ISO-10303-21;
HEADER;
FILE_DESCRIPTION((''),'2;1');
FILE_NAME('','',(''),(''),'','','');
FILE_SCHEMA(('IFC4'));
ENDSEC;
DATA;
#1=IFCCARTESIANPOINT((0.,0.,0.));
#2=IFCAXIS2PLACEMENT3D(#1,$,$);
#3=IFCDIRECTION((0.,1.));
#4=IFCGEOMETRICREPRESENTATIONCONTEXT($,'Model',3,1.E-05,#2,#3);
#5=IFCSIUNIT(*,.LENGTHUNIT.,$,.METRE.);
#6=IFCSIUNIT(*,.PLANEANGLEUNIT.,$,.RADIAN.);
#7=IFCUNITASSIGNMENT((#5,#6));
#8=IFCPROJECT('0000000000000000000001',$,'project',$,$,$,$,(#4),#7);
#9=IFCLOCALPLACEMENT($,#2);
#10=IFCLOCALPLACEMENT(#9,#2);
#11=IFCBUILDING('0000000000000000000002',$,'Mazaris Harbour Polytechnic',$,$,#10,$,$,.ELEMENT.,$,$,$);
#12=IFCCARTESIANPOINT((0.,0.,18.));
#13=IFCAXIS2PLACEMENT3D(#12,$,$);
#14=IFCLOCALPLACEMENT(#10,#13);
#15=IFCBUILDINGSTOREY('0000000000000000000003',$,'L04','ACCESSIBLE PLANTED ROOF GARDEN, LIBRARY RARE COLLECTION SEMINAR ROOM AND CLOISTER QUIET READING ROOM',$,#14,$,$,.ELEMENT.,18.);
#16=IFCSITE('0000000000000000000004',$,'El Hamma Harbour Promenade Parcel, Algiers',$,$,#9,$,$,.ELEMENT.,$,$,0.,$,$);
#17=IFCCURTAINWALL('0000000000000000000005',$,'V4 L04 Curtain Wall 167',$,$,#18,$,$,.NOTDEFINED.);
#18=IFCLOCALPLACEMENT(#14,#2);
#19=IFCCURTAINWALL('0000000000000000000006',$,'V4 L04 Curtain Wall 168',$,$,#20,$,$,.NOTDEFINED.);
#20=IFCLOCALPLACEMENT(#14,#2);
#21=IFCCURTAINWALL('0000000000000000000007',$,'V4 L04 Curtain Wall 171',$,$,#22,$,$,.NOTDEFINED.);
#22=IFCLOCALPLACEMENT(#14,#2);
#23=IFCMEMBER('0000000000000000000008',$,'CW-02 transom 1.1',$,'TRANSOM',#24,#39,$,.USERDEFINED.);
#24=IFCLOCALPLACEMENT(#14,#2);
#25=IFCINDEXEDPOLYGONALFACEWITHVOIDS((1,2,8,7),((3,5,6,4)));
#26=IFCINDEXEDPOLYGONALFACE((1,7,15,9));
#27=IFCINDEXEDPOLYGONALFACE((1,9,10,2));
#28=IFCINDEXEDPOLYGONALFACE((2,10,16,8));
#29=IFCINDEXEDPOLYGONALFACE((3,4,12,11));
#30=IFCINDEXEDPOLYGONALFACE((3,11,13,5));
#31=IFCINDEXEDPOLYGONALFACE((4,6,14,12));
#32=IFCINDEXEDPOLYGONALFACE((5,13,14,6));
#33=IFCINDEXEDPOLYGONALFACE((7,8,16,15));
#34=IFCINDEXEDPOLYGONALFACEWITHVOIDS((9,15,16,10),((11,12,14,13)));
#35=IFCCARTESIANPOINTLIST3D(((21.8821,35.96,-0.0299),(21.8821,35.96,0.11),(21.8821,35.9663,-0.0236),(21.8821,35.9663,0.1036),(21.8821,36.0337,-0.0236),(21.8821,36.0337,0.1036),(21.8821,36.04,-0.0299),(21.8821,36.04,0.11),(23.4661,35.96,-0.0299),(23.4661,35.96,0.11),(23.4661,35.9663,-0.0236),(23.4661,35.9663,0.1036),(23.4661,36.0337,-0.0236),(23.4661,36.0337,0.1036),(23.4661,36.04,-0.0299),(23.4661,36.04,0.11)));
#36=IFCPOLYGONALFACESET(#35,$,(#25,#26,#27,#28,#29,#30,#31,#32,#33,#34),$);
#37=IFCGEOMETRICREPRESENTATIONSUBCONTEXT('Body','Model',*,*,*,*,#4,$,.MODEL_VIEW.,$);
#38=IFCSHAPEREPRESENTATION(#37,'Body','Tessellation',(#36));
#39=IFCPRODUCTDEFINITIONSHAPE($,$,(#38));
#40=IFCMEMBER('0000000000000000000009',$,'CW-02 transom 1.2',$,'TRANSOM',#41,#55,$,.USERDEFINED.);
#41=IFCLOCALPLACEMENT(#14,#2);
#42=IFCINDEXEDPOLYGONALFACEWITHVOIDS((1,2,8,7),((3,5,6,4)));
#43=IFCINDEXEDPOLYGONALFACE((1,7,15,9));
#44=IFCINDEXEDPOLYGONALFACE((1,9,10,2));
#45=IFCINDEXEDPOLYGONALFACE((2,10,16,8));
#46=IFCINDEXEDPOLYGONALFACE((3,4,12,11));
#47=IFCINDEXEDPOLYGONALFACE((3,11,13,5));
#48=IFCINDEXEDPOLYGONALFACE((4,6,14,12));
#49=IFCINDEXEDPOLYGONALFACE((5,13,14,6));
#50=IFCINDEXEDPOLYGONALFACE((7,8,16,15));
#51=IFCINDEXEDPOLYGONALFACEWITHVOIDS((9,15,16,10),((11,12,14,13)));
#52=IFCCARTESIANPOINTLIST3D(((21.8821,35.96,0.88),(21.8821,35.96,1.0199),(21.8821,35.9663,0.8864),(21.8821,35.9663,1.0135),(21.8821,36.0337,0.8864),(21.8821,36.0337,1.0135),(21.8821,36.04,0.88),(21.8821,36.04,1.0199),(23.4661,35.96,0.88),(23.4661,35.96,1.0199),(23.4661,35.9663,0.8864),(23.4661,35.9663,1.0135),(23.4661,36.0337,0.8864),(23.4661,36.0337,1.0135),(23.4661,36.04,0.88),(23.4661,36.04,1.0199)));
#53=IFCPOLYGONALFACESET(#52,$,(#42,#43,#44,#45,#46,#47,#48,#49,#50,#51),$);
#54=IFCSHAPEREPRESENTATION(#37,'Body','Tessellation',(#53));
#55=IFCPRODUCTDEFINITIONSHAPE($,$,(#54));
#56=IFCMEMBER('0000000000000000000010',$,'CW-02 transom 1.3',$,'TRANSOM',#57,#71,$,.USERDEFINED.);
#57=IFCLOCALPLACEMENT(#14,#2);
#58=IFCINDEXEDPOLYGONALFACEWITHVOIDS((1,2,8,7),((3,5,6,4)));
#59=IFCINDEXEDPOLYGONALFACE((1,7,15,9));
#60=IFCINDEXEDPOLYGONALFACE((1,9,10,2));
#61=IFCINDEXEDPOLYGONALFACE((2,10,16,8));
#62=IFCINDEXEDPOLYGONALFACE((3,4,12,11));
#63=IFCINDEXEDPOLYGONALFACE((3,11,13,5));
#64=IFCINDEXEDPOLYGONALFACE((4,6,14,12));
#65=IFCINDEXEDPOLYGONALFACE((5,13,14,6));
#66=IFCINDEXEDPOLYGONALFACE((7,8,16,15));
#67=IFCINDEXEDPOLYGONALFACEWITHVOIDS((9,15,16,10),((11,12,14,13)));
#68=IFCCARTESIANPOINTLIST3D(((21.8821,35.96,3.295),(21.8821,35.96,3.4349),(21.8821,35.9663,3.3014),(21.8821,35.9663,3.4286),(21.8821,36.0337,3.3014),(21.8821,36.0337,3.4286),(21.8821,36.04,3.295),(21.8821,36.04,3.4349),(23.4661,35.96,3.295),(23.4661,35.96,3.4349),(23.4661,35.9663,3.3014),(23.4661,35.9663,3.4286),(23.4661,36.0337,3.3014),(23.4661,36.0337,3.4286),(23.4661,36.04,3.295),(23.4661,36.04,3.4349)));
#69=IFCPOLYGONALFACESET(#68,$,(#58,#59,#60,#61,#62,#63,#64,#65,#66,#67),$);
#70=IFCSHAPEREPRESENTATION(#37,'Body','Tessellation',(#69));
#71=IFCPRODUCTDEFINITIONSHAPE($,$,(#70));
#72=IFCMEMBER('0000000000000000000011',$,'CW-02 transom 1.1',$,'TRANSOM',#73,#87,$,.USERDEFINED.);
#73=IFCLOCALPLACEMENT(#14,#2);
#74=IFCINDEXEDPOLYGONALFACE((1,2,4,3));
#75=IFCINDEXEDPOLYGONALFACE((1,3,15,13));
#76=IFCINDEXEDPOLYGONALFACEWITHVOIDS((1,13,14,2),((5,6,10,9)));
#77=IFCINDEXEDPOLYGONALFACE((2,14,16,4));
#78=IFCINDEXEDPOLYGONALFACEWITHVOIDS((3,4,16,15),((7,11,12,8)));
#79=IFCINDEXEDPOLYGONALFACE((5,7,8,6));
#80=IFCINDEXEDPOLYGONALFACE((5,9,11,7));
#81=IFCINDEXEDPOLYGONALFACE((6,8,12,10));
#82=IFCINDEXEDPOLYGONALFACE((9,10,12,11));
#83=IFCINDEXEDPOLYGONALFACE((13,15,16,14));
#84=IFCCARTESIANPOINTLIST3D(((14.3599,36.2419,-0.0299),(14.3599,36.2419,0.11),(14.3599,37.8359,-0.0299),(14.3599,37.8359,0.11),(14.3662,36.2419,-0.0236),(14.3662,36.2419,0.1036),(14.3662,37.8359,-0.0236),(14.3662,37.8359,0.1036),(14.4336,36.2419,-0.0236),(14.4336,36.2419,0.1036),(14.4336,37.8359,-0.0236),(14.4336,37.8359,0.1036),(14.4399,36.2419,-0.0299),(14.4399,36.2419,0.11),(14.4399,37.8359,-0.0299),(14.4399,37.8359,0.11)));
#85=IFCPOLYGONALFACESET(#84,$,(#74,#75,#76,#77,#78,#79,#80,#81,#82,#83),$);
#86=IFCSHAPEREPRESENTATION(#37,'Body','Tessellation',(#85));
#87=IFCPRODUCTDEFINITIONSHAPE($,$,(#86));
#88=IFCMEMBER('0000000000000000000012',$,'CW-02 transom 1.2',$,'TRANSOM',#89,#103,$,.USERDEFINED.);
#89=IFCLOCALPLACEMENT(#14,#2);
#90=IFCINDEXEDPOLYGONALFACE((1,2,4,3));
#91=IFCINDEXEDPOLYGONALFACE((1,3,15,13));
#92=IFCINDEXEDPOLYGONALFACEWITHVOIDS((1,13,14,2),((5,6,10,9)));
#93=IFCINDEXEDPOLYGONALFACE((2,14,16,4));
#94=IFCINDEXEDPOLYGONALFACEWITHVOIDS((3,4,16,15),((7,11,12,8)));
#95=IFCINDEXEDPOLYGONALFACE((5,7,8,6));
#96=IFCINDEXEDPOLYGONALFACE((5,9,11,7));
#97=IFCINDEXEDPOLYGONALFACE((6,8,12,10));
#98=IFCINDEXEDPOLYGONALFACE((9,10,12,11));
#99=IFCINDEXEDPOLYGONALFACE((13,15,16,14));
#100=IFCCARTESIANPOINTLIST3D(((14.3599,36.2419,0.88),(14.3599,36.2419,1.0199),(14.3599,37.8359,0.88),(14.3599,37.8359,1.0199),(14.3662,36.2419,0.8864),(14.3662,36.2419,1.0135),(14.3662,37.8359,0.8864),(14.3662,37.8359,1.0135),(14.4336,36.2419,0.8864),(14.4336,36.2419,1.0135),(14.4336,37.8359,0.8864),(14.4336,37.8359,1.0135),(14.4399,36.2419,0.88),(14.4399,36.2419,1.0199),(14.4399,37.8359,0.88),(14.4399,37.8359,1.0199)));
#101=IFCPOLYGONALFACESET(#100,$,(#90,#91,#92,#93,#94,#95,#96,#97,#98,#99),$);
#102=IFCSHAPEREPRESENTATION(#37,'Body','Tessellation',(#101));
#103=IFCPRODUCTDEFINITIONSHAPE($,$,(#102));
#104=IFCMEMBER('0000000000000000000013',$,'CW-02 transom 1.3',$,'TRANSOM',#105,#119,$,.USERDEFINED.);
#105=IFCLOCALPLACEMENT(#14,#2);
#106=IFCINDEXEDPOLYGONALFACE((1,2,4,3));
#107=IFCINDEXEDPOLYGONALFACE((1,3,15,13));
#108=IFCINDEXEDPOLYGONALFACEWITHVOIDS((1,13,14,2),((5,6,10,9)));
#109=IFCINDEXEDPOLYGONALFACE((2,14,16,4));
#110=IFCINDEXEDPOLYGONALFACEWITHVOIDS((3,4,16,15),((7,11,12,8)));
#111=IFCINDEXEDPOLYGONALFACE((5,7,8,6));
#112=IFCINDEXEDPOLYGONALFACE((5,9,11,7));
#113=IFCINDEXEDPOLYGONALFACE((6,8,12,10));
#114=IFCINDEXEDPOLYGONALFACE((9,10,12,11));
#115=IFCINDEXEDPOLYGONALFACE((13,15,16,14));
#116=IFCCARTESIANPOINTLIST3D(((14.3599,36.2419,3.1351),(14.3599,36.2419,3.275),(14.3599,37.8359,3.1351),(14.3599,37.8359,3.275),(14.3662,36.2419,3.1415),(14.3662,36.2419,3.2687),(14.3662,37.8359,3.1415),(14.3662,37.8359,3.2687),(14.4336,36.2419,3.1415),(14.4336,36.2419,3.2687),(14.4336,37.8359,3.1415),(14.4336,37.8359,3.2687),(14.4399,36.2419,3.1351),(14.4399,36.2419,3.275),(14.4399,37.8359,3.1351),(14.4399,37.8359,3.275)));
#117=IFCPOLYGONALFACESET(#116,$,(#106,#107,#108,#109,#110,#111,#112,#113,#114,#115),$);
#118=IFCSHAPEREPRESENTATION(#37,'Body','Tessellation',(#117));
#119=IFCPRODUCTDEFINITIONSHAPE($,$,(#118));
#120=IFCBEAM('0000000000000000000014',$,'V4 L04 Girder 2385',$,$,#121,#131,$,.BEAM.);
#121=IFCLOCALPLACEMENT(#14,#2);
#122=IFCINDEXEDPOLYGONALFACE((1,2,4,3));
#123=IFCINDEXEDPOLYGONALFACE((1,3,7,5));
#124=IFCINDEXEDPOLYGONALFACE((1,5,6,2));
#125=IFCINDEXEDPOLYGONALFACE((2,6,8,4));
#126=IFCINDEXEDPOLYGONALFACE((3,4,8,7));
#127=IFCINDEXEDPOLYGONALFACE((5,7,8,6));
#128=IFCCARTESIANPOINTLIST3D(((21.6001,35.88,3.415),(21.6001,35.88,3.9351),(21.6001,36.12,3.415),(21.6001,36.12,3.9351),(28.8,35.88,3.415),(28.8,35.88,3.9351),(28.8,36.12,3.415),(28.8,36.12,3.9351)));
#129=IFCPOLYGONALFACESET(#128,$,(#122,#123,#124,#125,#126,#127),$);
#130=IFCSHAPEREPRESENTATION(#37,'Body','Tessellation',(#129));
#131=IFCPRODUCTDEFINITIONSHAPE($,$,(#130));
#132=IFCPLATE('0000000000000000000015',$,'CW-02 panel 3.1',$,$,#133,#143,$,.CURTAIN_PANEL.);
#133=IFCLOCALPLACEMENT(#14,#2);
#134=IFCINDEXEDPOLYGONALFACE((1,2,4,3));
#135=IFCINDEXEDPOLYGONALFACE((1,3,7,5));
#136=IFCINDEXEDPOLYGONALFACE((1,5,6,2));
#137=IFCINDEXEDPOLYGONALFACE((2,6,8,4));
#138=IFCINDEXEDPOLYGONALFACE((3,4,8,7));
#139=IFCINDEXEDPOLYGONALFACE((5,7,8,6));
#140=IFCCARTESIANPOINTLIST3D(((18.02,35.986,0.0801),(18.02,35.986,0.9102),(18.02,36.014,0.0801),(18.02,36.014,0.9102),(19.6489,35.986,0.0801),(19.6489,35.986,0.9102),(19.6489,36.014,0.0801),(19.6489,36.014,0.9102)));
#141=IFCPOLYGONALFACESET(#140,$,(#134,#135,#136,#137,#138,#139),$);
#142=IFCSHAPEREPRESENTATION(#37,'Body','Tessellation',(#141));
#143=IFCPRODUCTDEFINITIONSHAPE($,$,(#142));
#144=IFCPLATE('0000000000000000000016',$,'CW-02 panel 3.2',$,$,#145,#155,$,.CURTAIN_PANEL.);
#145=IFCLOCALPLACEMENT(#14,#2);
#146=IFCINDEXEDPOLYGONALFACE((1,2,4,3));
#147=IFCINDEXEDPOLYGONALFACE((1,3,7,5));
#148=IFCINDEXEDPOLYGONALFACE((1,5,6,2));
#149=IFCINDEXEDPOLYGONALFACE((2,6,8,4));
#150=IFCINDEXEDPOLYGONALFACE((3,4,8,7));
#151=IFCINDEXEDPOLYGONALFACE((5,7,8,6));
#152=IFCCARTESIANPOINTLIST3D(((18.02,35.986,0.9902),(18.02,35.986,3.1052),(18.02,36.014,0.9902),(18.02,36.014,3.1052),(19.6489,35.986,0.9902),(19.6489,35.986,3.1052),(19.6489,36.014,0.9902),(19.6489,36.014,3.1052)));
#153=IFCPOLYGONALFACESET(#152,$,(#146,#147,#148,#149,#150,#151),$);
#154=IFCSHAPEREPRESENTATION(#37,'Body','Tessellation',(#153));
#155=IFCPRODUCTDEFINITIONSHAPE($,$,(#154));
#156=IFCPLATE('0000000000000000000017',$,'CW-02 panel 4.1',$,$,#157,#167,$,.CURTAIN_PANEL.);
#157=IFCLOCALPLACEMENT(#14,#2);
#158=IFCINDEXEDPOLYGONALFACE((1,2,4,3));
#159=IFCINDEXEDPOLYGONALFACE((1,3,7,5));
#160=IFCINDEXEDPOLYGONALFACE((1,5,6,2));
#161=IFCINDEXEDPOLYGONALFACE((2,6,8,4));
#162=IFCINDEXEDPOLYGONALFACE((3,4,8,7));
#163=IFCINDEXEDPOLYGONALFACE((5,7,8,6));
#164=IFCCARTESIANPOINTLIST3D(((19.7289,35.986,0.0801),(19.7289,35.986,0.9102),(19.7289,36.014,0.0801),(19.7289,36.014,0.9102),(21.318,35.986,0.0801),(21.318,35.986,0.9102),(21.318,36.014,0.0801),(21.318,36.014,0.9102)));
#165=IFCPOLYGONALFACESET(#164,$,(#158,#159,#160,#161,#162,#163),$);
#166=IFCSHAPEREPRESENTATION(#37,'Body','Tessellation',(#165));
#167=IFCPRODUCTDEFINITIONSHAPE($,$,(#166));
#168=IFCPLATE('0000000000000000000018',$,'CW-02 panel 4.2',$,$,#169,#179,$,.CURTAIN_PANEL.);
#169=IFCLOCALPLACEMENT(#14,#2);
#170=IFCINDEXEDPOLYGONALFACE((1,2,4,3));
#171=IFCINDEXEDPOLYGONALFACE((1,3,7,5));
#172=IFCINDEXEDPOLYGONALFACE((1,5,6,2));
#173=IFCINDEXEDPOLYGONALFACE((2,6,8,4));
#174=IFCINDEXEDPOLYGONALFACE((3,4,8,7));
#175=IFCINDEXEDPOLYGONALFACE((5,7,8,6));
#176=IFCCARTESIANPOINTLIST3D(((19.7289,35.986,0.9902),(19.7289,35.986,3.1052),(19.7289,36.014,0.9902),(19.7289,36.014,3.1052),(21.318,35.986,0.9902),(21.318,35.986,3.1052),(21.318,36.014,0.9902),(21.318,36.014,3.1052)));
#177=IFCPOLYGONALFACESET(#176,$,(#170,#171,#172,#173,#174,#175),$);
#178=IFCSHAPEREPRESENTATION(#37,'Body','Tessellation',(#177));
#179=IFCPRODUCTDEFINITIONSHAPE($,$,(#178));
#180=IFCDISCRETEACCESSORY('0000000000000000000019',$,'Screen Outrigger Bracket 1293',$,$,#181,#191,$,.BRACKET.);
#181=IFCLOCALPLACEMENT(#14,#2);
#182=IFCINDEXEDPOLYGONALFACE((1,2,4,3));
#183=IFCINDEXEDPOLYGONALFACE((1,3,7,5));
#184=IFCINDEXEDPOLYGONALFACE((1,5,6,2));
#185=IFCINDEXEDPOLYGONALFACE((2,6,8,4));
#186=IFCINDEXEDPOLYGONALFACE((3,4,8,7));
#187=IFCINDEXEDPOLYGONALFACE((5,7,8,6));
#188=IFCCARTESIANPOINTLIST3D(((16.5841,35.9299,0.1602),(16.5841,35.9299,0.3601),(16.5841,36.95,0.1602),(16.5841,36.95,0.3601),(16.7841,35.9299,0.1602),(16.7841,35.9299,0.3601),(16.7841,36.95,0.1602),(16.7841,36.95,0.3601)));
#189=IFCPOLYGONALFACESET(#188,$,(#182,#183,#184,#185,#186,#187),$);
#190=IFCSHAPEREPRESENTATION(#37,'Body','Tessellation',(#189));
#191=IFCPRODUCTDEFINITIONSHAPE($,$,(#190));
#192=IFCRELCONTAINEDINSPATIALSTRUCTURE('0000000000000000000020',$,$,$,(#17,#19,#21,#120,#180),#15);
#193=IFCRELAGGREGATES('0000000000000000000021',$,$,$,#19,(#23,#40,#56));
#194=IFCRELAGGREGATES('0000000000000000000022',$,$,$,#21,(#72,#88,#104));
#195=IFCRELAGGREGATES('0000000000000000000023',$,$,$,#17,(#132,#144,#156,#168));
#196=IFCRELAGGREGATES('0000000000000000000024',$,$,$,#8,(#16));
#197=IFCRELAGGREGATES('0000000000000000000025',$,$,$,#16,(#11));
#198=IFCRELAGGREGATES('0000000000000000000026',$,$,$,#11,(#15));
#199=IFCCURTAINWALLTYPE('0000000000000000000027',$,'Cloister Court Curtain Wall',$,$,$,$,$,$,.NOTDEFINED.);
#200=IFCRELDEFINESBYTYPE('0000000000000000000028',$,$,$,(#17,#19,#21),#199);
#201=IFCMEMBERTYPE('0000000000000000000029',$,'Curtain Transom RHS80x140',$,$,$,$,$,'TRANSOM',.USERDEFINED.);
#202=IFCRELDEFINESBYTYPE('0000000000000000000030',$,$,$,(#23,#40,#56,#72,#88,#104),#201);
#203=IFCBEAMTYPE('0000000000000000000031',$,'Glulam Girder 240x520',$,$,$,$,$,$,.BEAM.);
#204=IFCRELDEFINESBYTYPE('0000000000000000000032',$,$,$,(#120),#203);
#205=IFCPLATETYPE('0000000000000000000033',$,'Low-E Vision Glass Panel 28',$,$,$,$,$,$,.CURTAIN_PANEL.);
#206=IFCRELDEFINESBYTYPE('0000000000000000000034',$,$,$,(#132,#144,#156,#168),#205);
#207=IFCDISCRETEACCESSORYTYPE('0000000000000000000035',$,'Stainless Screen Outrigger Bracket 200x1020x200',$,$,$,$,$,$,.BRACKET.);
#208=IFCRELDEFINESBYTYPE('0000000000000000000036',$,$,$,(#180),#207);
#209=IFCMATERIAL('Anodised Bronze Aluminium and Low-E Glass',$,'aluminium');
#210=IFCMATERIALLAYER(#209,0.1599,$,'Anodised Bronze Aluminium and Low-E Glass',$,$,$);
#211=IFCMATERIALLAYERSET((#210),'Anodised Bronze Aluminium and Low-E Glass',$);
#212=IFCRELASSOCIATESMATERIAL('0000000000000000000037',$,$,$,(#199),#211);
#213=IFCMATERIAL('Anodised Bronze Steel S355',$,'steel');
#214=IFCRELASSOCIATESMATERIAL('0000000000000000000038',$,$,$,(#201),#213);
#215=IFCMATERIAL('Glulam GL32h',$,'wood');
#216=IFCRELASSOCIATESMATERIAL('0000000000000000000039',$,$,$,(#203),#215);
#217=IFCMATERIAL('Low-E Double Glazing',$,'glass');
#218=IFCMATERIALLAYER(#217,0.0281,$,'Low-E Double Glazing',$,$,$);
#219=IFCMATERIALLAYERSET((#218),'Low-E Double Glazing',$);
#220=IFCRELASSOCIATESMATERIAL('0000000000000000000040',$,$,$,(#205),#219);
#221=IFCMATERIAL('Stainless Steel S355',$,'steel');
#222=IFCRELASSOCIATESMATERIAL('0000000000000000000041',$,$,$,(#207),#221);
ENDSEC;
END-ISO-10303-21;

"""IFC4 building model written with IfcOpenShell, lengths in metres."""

from ifc_helpers import new_model, si_unit, direction, frame, origin, origin_2d, place, context, subcontext, project, spatial, rectangle, hollow_rectangle, extrude, material, layer, layer_set, material_profile, profile_set, type_object, element, aggregate, save


model = new_model("IFC4")

# Units and contexts
model_context = context("Model", 3, precision=1e-05, world=origin(), true_north=direction((0.0, 1.0)))
body_context = subcontext(model_context, "Body", "Model", "MODEL_VIEW")
ifc_project = project(units=[si_unit("LENGTHUNIT", "METRE"), si_unit("PLANEANGLEUNIT", "RADIAN")], contexts=[model_context])

# Site, building, storey
site_placement = place(None, origin())
site = spatial("IfcSite", under=ifc_project, at=site_placement, Name="El Hamma Harbour Promenade Parcel, Algiers", CompositionType="ELEMENT", RefElevation=0.0)
building_placement = place(site_placement, origin())
building = spatial("IfcBuilding", under=site, at=building_placement, Name="Mazaris Harbour Polytechnic", CompositionType="ELEMENT")
storey_placement = place(building_placement, frame((0.0, 0.0, 18.0)))
storey = spatial("IfcBuildingStorey", under=building, at=storey_placement, Name="L04", Description="ACCESSIBLE PLANTED ROOF GARDEN, LIBRARY RARE COLLECTION SEMINAR ROOM AND CLOISTER QUIET READING ROOM", CompositionType="ELEMENT", Elevation=18.0)

# Curtain wall
ifc_material_1 = material(Name="Anodised Bronze Aluminium and Low-E Glass", Category="aluminium")
ifc_layer_1 = layer(ifc_material_1, 0.1599, Name="Anodised Bronze Aluminium and Low-E Glass")
ifc_layer_set_1 = layer_set([ifc_layer_1], Name="Anodised Bronze Aluminium and Low-E Glass")
curtain_wall_type = type_object("IfcCurtainWallType", Name="Cloister Court Curtain Wall", PredefinedType="NOTDEFINED", material=ifc_layer_set_1)
curtain_wall_1_placement = place(storey_placement, origin())
curtain_wall_1 = element("IfcCurtainWall", 1, at=curtain_wall_1_placement, inside=storey, type_object=curtain_wall_type, Name="V4 L04 Curtain Wall 167", PredefinedType="NOTDEFINED")

# Curtain walls
curtain_wall_2_placement = place(storey_placement, origin())
curtain_wall_2 = element("IfcCurtainWall", 2, at=curtain_wall_2_placement, inside=storey, type_object=curtain_wall_type, Name="V4 L04 Curtain Wall 168", PredefinedType="NOTDEFINED")
curtain_wall_3_placement = place(storey_placement, origin())
curtain_wall_3 = element("IfcCurtainWall", 3, at=curtain_wall_3_placement, inside=storey, type_object=curtain_wall_type, Name="V4 L04 Curtain Wall 171", PredefinedType="NOTDEFINED")

# Members
ifc_material_2 = material(Name="Anodised Bronze Steel S355", Category="steel")
ifc_material_profile_1 = material_profile(ifc_material_2, hollow_rectangle(XDim=0.0801, YDim=0.1399, WallThickness=0.0063, at=origin_2d()), Name="RHS 80x140x6.3")
ifc_profile_set_1 = profile_set([ifc_material_profile_1], Name="Anodised Bronze Steel S355")
member_type_1 = type_object("IfcMemberType", Name="Curtain Transom RHS80x140", ElementType="TRANSOM", PredefinedType="USERDEFINED", material=ifc_profile_set_1)
member_1_placement = place(storey_placement, frame((21.8821, 36.0, 0.04), z_axis=(1.0, 0.0, 0.0), x_axis=(0.0, 1.0, 0.0)))
member_1 = element("IfcMember", 4, at=member_1_placement, type_object=member_type_1, Name="CW-02 transom 1.1", ObjectType="TRANSOM", PredefinedType="USERDEFINED", context=body_context, shape_type="SweptSolid", body=[
    extrude(hollow_rectangle(XDim=0.0801, YDim=0.1399, WallThickness=0.0063, at=origin_2d()), origin(), (0.0, 0.0, 1.0), 1.584),
])
member_2_placement = place(storey_placement, frame((21.8821, 36.0, 0.95), z_axis=(1.0, 0.0, 0.0), x_axis=(0.0, 1.0, 0.0)))
member_2 = element("IfcMember", 5, at=member_2_placement, type_object=member_type_1, Name="CW-02 transom 1.2", ObjectType="TRANSOM", PredefinedType="USERDEFINED", context=body_context, shape_type="SweptSolid", body=[
    extrude(hollow_rectangle(XDim=0.0801, YDim=0.1399, WallThickness=0.0063, at=origin_2d()), origin(), (0.0, 0.0, 1.0), 1.584),
])
member_3_placement = place(storey_placement, frame((21.8821, 36.0, 3.365), z_axis=(1.0, 0.0, 0.0), x_axis=(0.0, 1.0, 0.0)))
member_3 = element("IfcMember", 6, at=member_3_placement, type_object=member_type_1, Name="CW-02 transom 1.3", ObjectType="TRANSOM", PredefinedType="USERDEFINED", context=body_context, shape_type="SweptSolid", body=[
    extrude(hollow_rectangle(XDim=0.0801, YDim=0.1399, WallThickness=0.0063, at=origin_2d()), origin(), (0.0, 0.0, 1.0), 1.584),
])
aggregate(curtain_wall_2, [member_1, member_2, member_3])
member_4_placement = place(storey_placement, frame((14.3999, 36.2419, 0.04), z_axis=(0.0, 1.0, 0.0), x_axis=(-1.0, 0.0, 0.0)))
member_4 = element("IfcMember", 7, at=member_4_placement, type_object=member_type_1, Name="CW-02 transom 1.1", ObjectType="TRANSOM", PredefinedType="USERDEFINED", context=body_context, shape_type="SweptSolid", body=[
    extrude(hollow_rectangle(XDim=0.0801, YDim=0.1399, WallThickness=0.0063, at=origin_2d()), origin(), (0.0, 0.0, 1.0), 1.594),
])
member_5_placement = place(storey_placement, frame((14.3999, 36.2419, 0.95), z_axis=(0.0, 1.0, 0.0), x_axis=(-1.0, 0.0, 0.0)))
member_5 = element("IfcMember", 8, at=member_5_placement, type_object=member_type_1, Name="CW-02 transom 1.2", ObjectType="TRANSOM", PredefinedType="USERDEFINED", context=body_context, shape_type="SweptSolid", body=[
    extrude(hollow_rectangle(XDim=0.0801, YDim=0.1399, WallThickness=0.0063, at=origin_2d()), origin(), (0.0, 0.0, 1.0), 1.594),
])
member_6_placement = place(storey_placement, frame((14.3999, 36.2419, 3.2051), z_axis=(0.0, 1.0, 0.0), x_axis=(-1.0, 0.0, 0.0)))
member_6 = element("IfcMember", 9, at=member_6_placement, type_object=member_type_1, Name="CW-02 transom 1.3", ObjectType="TRANSOM", PredefinedType="USERDEFINED", context=body_context, shape_type="SweptSolid", body=[
    extrude(hollow_rectangle(XDim=0.0801, YDim=0.1399, WallThickness=0.0063, at=origin_2d()), origin(), (0.0, 0.0, 1.0), 1.594),
])
aggregate(curtain_wall_3, [member_4, member_5, member_6])

# Beam
ifc_material_3 = material(Name="Glulam GL32h", Category="wood")
ifc_material_profile_2 = material_profile(ifc_material_3, rectangle(XDim=0.24, YDim=0.52, at=origin_2d()), Name="RECT240x520")
ifc_profile_set_2 = profile_set([ifc_material_profile_2], Name="Glulam GL32h")
beam_type = type_object("IfcBeamType", Name="Glulam Girder 240x520", PredefinedType="BEAM", material=ifc_profile_set_2)
beam_placement = place(storey_placement, frame((21.6001, 36.0, 3.675), z_axis=(1.0, 0.0, 0.0), x_axis=(0.0, 1.0, 0.0)))
element("IfcBeam", 10, at=beam_placement, inside=storey, type_object=beam_type, Name="V4 L04 Girder 2385", PredefinedType="BEAM", context=body_context, shape_type="SweptSolid", body=[
    extrude(rectangle(XDim=0.24, YDim=0.52, at=origin_2d()), origin(), (0.0, 0.0, 1.0), 7.2),
])

# Plates
ifc_material_4 = material(Name="Low-E Double Glazing", Category="glass")
ifc_layer_2 = layer(ifc_material_4, 0.0281, Name="Low-E Double Glazing")
ifc_layer_set_2 = layer_set([ifc_layer_2], Name="Low-E Double Glazing")
plate_type = type_object("IfcPlateType", Name="Low-E Vision Glass Panel 28", PredefinedType="CURTAIN_PANEL", material=ifc_layer_set_2)
plate_1_placement = place(storey_placement, frame((18.8345, 36.0, 0.0801), z_axis=(0.0, 0.0, 1.0), x_axis=(1.0, 0.0, 0.0)))
plate_1 = element("IfcPlate", 11, at=plate_1_placement, type_object=plate_type, Name="CW-02 panel 3.1", PredefinedType="CURTAIN_PANEL", context=body_context, shape_type="SweptSolid", body=[
    extrude(rectangle(XDim=1.6289, YDim=0.0281, at=origin_2d()), origin(), (0.0, 0.0, 1.0), 0.8301),
])
plate_2_placement = place(storey_placement, frame((18.8345, 36.0, 0.9902), z_axis=(0.0, 0.0, 1.0), x_axis=(1.0, 0.0, 0.0)))
plate_2 = element("IfcPlate", 12, at=plate_2_placement, type_object=plate_type, Name="CW-02 panel 3.2", PredefinedType="CURTAIN_PANEL", context=body_context, shape_type="SweptSolid", body=[
    extrude(rectangle(XDim=1.6289, YDim=0.0281, at=origin_2d()), origin(), (0.0, 0.0, 1.0), 2.115),
])
plate_3_placement = place(storey_placement, frame((20.5234, 36.0, 0.0801), z_axis=(0.0, 0.0, 1.0), x_axis=(1.0, 0.0, 0.0)))
plate_3 = element("IfcPlate", 13, at=plate_3_placement, type_object=plate_type, Name="CW-02 panel 4.1", PredefinedType="CURTAIN_PANEL", context=body_context, shape_type="SweptSolid", body=[
    extrude(rectangle(XDim=1.5891, YDim=0.0281, at=origin_2d()), origin(), (0.0, 0.0, 1.0), 0.8301),
])
plate_4_placement = place(storey_placement, frame((20.5234, 36.0, 0.9902), z_axis=(0.0, 0.0, 1.0), x_axis=(1.0, 0.0, 0.0)))
plate_4 = element("IfcPlate", 14, at=plate_4_placement, type_object=plate_type, Name="CW-02 panel 4.2", PredefinedType="CURTAIN_PANEL", context=body_context, shape_type="SweptSolid", body=[
    extrude(rectangle(XDim=1.5891, YDim=0.0281, at=origin_2d()), origin(), (0.0, 0.0, 1.0), 2.115),
])
aggregate(curtain_wall_1, [plate_1, plate_2, plate_3, plate_4])

# Discrete accessory
ifc_material_5 = material(Name="Stainless Steel S355", Category="steel")
discrete_accessory_type = type_object("IfcDiscreteAccessoryType", Name="Stainless Screen Outrigger Bracket 200x1020x200", PredefinedType="BRACKET", material=ifc_material_5)
for number, where, z_axis, x_axis, name in (
    (15, (16.6841, 36.4399, 0.1602), (0.0, 0.0, 1.0), (1.0, 0.0, 0.0), "Screen Outrigger Bracket 1293"),
):
    element("IfcDiscreteAccessory", number, at=place(storey_placement, frame(where, z_axis=z_axis, x_axis=x_axis)), inside=storey, type_object=discrete_accessory_type, Name=name, PredefinedType="BRACKET", context=body_context, shape_type="SweptSolid", body=[
        extrude(rectangle(XDim=0.2, YDim=1.02, at=origin_2d()), origin(), (0.0, 0.0, 1.0), 0.2),
    ])

save(model, "model.ifc")
